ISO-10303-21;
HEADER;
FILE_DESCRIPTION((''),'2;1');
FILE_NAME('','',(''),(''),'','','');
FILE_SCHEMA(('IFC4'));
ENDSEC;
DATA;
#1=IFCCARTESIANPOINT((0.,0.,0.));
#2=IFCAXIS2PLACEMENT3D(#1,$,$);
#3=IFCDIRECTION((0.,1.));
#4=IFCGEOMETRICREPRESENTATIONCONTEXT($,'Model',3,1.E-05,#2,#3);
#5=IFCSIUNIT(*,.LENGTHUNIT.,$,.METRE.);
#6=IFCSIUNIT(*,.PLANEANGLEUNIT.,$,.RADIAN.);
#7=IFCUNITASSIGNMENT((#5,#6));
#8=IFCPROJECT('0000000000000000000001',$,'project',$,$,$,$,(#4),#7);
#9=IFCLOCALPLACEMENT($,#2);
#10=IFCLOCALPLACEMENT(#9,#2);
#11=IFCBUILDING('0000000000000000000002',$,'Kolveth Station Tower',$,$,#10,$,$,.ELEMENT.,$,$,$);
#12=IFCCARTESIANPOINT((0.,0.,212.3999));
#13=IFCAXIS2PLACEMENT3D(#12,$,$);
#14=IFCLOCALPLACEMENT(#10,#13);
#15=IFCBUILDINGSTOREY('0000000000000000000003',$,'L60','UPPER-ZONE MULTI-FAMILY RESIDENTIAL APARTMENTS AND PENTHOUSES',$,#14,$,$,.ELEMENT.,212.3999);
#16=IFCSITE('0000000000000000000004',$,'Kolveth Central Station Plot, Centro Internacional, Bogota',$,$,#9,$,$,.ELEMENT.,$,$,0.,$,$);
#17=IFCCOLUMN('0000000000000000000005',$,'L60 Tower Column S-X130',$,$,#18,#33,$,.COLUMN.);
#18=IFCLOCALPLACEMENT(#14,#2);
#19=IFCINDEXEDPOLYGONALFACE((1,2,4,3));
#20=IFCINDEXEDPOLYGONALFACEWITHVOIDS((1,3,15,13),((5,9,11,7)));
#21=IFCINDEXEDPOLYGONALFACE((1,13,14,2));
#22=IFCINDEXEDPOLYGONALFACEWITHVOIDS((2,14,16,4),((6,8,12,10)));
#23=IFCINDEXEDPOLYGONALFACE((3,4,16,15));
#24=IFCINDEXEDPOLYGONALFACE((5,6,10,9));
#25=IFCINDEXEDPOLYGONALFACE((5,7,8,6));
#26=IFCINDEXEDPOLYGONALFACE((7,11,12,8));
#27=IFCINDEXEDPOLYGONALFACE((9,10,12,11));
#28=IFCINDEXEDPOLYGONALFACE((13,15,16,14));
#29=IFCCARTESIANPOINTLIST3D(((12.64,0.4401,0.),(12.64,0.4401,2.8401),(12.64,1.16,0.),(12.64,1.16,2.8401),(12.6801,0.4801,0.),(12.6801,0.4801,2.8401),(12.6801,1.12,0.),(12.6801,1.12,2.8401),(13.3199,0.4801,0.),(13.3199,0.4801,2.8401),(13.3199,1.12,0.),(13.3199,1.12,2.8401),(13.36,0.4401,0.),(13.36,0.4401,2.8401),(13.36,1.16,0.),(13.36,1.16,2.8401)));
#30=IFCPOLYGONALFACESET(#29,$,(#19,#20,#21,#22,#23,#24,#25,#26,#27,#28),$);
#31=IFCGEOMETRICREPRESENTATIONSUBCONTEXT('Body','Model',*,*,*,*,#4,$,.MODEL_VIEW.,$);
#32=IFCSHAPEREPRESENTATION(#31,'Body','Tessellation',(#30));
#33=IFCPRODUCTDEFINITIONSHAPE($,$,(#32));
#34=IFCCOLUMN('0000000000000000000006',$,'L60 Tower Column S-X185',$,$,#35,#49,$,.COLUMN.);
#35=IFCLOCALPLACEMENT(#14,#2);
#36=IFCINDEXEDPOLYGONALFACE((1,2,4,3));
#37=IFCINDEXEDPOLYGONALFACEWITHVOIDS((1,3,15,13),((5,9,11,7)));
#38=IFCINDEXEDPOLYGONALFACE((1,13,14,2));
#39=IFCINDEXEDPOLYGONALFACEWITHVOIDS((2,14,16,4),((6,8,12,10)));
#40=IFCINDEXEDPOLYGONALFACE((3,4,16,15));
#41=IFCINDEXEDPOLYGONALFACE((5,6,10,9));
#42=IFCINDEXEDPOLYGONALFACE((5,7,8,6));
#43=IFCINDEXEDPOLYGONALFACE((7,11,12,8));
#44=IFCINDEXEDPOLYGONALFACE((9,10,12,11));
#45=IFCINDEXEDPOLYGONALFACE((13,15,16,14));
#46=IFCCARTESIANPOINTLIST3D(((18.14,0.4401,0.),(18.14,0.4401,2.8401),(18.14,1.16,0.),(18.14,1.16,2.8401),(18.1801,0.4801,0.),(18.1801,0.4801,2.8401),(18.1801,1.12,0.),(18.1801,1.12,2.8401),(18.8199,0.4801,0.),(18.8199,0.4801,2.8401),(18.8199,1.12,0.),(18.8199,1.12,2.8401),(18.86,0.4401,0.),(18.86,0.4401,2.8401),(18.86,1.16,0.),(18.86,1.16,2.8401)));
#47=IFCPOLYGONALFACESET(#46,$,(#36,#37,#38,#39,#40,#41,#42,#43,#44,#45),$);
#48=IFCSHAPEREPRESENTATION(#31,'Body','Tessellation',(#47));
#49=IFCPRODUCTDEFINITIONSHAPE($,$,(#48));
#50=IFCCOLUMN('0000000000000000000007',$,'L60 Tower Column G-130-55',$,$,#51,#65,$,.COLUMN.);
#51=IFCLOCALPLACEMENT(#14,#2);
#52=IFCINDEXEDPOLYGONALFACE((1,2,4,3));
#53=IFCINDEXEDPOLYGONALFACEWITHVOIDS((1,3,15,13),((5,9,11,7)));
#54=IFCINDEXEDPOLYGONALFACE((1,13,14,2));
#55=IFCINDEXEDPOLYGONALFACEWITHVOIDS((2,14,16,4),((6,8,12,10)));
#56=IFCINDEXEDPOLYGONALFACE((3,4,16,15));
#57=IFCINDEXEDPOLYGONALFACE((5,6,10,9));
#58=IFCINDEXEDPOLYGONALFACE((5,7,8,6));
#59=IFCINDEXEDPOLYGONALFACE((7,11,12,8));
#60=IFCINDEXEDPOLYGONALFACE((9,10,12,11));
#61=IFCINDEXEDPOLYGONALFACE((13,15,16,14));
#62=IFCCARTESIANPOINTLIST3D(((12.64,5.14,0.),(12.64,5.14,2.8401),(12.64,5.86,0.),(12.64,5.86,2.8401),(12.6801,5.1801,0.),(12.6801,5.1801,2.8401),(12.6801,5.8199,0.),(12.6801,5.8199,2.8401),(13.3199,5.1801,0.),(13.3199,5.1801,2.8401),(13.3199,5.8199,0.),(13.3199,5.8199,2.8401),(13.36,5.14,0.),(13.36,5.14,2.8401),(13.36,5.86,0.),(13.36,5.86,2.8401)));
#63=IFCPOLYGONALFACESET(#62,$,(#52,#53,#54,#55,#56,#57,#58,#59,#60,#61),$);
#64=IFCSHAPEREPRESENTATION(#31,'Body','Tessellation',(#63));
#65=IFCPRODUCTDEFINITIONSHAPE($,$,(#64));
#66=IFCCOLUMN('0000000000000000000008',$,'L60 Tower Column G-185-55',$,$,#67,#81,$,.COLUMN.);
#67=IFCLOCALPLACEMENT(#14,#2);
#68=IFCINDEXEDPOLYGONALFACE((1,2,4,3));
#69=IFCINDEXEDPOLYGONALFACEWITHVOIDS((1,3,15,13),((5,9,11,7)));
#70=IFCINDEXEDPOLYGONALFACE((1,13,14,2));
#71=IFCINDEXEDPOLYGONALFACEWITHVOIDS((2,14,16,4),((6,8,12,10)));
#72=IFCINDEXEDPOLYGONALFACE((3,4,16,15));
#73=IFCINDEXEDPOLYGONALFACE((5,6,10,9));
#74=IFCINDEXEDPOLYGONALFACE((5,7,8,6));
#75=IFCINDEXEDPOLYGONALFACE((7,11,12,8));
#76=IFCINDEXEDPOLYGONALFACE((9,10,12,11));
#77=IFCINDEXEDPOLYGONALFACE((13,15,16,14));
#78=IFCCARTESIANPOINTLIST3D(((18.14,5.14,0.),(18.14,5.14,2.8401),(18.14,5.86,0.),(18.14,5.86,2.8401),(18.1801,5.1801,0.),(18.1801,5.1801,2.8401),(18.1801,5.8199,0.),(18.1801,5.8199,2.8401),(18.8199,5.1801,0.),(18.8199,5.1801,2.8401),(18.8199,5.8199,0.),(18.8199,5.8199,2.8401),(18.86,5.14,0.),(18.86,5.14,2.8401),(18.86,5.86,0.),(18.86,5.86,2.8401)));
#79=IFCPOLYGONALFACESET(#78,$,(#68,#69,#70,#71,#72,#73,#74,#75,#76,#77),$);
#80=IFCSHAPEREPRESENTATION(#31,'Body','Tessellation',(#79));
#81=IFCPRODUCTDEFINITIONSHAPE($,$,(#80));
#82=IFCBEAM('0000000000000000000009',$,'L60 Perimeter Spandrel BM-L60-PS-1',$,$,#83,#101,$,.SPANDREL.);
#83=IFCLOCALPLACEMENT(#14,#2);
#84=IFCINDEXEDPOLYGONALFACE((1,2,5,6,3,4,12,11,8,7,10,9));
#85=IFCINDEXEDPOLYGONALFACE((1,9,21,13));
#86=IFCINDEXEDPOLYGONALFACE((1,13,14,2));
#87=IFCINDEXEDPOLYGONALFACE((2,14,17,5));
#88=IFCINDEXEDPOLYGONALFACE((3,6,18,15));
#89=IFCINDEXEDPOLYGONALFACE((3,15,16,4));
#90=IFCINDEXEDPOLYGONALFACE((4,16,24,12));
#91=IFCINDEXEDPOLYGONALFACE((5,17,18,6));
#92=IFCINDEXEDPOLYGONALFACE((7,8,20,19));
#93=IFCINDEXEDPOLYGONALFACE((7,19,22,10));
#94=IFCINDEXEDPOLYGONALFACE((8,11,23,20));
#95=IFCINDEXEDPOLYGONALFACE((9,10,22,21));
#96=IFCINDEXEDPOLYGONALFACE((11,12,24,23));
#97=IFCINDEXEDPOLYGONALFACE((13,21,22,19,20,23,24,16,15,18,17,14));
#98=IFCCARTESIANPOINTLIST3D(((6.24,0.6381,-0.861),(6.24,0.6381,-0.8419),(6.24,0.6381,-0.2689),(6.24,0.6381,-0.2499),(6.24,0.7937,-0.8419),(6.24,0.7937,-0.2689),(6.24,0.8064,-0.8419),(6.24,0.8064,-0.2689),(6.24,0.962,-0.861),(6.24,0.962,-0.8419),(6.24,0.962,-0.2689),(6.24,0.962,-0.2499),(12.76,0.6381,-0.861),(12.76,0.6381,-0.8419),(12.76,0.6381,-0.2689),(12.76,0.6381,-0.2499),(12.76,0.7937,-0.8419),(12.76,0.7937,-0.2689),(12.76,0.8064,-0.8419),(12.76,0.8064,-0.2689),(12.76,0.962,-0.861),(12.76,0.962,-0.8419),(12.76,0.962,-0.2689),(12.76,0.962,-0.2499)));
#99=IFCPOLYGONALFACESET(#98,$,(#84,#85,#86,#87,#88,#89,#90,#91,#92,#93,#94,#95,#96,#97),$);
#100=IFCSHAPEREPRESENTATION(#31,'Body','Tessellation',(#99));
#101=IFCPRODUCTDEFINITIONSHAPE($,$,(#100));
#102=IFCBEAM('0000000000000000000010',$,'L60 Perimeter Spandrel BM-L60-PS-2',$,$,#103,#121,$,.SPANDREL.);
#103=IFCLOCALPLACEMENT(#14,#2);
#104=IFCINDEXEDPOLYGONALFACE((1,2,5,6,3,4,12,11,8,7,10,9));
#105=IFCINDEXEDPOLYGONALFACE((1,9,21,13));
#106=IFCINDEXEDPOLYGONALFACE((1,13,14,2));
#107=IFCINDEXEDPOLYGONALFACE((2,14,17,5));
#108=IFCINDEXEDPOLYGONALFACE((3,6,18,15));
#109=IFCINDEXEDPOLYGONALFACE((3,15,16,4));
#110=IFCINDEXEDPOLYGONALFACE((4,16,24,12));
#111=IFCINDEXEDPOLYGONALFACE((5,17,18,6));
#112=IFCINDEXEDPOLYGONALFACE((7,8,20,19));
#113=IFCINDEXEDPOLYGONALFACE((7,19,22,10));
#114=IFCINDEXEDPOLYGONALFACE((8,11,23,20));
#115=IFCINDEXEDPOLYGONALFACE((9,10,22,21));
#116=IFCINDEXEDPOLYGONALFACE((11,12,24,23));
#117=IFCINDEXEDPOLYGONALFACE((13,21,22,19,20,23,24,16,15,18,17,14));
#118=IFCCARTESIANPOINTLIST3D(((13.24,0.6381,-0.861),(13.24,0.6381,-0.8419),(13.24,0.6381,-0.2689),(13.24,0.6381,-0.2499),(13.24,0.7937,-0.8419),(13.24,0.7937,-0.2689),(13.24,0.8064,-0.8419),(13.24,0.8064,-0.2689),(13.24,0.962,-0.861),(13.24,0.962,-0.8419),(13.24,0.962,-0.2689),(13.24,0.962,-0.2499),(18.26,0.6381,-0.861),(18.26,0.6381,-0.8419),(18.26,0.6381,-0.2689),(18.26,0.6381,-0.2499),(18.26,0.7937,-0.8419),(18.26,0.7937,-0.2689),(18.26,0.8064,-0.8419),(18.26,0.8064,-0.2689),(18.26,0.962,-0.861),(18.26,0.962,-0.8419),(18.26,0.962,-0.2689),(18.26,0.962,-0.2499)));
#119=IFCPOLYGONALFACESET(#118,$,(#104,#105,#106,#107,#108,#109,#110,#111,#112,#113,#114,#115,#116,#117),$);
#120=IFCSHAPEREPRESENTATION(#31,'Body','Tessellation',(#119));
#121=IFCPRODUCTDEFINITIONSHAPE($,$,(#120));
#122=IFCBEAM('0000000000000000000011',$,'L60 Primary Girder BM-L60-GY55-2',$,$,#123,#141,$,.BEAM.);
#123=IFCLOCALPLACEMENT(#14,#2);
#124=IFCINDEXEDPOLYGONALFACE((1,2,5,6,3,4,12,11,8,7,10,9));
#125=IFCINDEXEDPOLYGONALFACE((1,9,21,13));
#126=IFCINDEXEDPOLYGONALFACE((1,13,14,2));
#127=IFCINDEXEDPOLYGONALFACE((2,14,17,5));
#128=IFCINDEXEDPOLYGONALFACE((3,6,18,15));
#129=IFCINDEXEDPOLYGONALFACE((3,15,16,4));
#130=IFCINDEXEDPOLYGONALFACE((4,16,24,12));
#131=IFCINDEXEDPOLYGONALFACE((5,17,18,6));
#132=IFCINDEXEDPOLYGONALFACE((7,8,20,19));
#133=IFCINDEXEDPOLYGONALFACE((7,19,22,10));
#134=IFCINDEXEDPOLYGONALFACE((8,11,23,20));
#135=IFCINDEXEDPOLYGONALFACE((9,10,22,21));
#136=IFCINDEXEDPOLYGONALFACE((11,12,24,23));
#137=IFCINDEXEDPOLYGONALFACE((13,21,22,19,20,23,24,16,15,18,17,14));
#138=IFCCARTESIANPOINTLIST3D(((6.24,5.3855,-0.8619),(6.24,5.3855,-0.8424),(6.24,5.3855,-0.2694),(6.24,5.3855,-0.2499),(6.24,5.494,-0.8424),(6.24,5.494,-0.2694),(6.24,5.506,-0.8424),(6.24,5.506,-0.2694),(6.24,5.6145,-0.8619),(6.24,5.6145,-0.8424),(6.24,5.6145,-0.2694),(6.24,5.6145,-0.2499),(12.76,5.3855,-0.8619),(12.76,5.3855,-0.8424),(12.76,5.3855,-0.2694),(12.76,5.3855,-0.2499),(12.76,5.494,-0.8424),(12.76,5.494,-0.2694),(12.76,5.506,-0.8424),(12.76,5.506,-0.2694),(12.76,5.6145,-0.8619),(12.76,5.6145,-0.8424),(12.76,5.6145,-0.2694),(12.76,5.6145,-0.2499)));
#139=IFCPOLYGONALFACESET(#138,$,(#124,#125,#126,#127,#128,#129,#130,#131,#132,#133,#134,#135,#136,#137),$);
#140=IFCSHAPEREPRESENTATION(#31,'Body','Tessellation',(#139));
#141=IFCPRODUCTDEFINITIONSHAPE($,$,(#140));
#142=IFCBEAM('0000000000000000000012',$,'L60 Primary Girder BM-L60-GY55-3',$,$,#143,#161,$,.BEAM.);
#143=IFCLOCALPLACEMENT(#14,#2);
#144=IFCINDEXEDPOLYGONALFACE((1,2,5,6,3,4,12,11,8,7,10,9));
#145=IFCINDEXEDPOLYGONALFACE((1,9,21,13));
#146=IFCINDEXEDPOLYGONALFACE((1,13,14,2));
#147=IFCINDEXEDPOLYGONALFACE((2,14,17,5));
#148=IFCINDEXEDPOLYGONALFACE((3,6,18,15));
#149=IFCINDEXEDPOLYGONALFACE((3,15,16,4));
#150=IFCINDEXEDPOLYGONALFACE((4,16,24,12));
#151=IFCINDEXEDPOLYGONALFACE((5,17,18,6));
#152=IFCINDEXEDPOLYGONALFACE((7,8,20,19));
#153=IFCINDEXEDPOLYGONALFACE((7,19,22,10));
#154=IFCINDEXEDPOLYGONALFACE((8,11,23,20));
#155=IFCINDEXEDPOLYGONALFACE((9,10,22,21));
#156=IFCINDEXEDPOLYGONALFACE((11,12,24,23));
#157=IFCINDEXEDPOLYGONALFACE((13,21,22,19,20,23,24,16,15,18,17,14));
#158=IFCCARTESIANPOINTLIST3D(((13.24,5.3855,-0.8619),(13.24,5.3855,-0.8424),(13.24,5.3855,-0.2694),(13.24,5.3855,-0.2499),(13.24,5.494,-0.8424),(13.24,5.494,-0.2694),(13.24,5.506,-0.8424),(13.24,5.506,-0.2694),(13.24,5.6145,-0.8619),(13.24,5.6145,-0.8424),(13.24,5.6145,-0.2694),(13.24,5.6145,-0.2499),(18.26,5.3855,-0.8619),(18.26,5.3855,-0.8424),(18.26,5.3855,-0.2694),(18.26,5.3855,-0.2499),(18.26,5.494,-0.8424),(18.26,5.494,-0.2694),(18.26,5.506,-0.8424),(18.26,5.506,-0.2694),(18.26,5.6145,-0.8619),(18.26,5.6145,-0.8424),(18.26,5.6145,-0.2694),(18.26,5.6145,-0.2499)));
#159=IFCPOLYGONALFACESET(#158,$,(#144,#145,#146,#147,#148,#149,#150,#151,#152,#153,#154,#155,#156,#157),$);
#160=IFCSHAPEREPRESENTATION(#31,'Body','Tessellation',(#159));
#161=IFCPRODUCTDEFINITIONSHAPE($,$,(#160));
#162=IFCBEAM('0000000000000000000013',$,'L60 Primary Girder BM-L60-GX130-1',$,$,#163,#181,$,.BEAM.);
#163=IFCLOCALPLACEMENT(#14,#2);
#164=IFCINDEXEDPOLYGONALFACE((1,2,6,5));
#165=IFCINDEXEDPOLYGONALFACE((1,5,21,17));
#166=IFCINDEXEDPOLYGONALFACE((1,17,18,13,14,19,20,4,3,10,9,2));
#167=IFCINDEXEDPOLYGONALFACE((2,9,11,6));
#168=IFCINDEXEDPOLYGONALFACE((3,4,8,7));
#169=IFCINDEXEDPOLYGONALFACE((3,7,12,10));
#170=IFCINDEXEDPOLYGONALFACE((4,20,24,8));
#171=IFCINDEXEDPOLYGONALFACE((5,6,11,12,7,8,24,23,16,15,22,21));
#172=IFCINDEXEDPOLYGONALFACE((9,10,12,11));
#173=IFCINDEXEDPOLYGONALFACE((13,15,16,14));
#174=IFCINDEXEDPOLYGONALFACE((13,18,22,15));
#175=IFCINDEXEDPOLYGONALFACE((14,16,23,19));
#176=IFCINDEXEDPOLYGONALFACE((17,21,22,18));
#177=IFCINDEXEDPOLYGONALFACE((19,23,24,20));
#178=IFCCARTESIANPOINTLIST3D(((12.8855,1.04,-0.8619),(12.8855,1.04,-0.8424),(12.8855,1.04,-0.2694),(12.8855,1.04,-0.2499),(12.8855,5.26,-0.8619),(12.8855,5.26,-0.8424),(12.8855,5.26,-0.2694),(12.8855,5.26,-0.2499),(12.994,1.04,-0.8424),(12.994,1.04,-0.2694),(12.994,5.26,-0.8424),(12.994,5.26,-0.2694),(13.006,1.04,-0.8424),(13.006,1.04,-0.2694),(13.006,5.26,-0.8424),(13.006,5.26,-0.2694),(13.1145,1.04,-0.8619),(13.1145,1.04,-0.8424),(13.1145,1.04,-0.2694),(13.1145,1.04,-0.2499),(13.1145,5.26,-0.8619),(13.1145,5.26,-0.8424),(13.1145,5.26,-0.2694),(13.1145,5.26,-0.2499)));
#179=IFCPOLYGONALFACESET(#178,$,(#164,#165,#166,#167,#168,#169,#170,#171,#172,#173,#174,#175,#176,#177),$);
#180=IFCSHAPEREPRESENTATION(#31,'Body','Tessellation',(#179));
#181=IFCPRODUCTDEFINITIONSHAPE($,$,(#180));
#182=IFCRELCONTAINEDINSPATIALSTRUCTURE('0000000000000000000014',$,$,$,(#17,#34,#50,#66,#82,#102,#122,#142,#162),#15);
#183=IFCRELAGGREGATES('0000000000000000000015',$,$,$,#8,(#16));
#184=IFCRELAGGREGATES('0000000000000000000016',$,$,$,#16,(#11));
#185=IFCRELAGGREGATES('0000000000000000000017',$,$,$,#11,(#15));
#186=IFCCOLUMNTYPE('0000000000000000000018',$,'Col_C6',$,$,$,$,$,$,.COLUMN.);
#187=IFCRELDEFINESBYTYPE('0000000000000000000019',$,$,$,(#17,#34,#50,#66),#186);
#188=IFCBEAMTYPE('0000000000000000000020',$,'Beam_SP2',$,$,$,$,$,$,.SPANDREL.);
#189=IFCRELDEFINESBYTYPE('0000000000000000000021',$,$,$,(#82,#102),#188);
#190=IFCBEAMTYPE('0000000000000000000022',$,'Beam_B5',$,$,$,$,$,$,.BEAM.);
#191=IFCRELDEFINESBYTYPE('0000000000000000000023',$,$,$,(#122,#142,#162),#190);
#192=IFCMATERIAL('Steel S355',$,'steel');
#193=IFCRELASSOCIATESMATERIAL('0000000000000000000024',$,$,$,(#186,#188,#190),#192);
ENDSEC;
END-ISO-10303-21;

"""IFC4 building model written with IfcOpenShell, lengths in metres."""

from ifc_helpers import new_model, si_unit, direction, frame, origin, origin_2d, place, context, subcontext, project, spatial, hollow_rectangle, i_section, extrude, source, transform, mapped, material, material_profile, profile_set, type_object, element, save


model = new_model("IFC4")

# Units and contexts
model_context = context("Model", 3, precision=1e-05, world=origin(), true_north=direction((0.0, 1.0)))
body_context = subcontext(model_context, "Body", "Model", "MODEL_VIEW")
ifc_project = project(units=[si_unit("LENGTHUNIT", "METRE"), si_unit("PLANEANGLEUNIT", "RADIAN")], contexts=[model_context])

# Site, building, storey
site_placement = place(None, origin())
site = spatial("IfcSite", under=ifc_project, at=site_placement, Name="Kolveth Central Station Plot, Centro Internacional, Bogota", CompositionType="ELEMENT", RefElevation=0.0)
building_placement = place(site_placement, origin())
building = spatial("IfcBuilding", under=site, at=building_placement, Name="Kolveth Station Tower", CompositionType="ELEMENT")
storey_placement = place(building_placement, frame((0.0, 0.0, 212.3999)))
storey = spatial("IfcBuildingStorey", under=building, at=storey_placement, Name="L60", Description="UPPER-ZONE MULTI-FAMILY RESIDENTIAL APARTMENTS AND PENTHOUSES", CompositionType="ELEMENT", Elevation=212.3999)

# Columns
ifc_material_1 = material(Name="Steel S355", Category="steel")
ifc_material_profile_1 = material_profile(ifc_material_1, hollow_rectangle(XDim=0.72, YDim=0.72, WallThickness=0.04, at=origin_2d()), Name="BOX720x720x40")
ifc_profile_set_1 = profile_set([ifc_material_profile_1], Name="Steel S355")
column_type = type_object("IfcColumnType", Name="Col_C6", PredefinedType="COLUMN", material=ifc_profile_set_1)
shared_shape_1 = source(origin(), body_context, "Body", "SweptSolid", [
    extrude(hollow_rectangle(XDim=0.72, YDim=0.72, WallThickness=0.04, at=origin_2d()), origin(), (0.0, 0.0, 1.0), 2.8401),
])
for number, where, z_axis, x_axis, name in (
    (1, (13.0, 0.8, 0.0), (0.0, 0.0, 1.0), (1.0, 0.0, 0.0), "L60 Tower Column S-X130"),
    (2, (18.5, 0.8, 0.0), (0.0, 0.0, 1.0), (1.0, 0.0, 0.0), "L60 Tower Column S-X185"),
    (3, (13.0, 5.5, 0.0), (0.0, 0.0, 1.0), (1.0, 0.0, 0.0), "L60 Tower Column G-130-55"),
    (4, (18.5, 5.5, 0.0), (0.0, 0.0, 1.0), (1.0, 0.0, 0.0), "L60 Tower Column G-185-55"),
):
    element("IfcColumn", number, at=place(storey_placement, frame(where, z_axis=z_axis, x_axis=x_axis)), inside=storey, type_object=column_type, Name=name, PredefinedType="COLUMN", context=body_context, shape_type="MappedRepresentation", body=[
        mapped(shared_shape_1, transform((0.0, 0.0, 0.0), x_axis=(1.0, 0.0, 0.0), y_axis=(0.0, 1.0, 0.0), z_axis=(0.0, 0.0, 1.0), scale=1.0)),
    ])

# Beams
ifc_material_profile_2 = material_profile(ifc_material_1, i_section(OverallWidth=0.324, OverallDepth=0.6111, WebThickness=0.0127, FlangeThickness=0.019, at=origin_2d()), Name="W610x155")
ifc_profile_set_2 = profile_set([ifc_material_profile_2], Name="Steel S355")
beam_type_1 = type_object("IfcBeamType", Name="Beam_SP2", PredefinedType="SPANDREL", material=ifc_profile_set_2)
shared_shape_2 = source(origin(), body_context, "Body", "SweptSolid", [
    extrude(i_section(OverallWidth=0.324, OverallDepth=0.6111, WebThickness=0.0127, FlangeThickness=0.019, at=origin_2d()), origin(), (0.0, 0.0, 1.0), 6.52),
])
beam_1_placement = place(storey_placement, frame((6.24, 0.8, -0.5554), z_axis=(1.0, 0.0, 0.0), x_axis=(0.0, 1.0, 0.0)))
element("IfcBeam", 5, at=beam_1_placement, inside=storey, type_object=beam_type_1, Name="L60 Perimeter Spandrel BM-L60-PS-1", PredefinedType="SPANDREL", context=body_context, shape_type="MappedRepresentation", body=[
    mapped(shared_shape_2, transform((0.0, 0.0, 0.0), x_axis=(1.0, 0.0, 0.0), y_axis=(0.0, 1.0, 0.0), z_axis=(0.0, 0.0, 1.0), scale=1.0)),
])
shared_shape_3 = source(origin(), body_context, "Body", "SweptSolid", [
    extrude(i_section(OverallWidth=0.324, OverallDepth=0.6111, WebThickness=0.0127, FlangeThickness=0.019, at=origin_2d()), origin(), (0.0, 0.0, 1.0), 5.02),
])
beam_2_placement = place(storey_placement, frame((13.24, 0.8, -0.5554), z_axis=(1.0, 0.0, 0.0), x_axis=(0.0, 1.0, 0.0)))
element("IfcBeam", 6, at=beam_2_placement, inside=storey, type_object=beam_type_1, Name="L60 Perimeter Spandrel BM-L60-PS-2", PredefinedType="SPANDREL", context=body_context, shape_type="MappedRepresentation", body=[
    mapped(shared_shape_3, transform((0.0, 0.0, 0.0), x_axis=(1.0, 0.0, 0.0), y_axis=(0.0, 1.0, 0.0), z_axis=(0.0, 0.0, 1.0), scale=1.0)),
])
ifc_material_profile_3 = material_profile(ifc_material_1, i_section(OverallWidth=0.229, OverallDepth=0.6121, WebThickness=0.012, FlangeThickness=0.0195, at=origin_2d()), Name="W610x125")
ifc_profile_set_3 = profile_set([ifc_material_profile_3], Name="Steel S355")
beam_type_2 = type_object("IfcBeamType", Name="Beam_B5", PredefinedType="BEAM", material=ifc_profile_set_3)
shared_shape_4 = source(origin(), body_context, "Body", "SweptSolid", [
    extrude(i_section(OverallWidth=0.229, OverallDepth=0.6121, WebThickness=0.012, FlangeThickness=0.0195, at=origin_2d()), origin(), (0.0, 0.0, 1.0), 6.52),
])
beam_3_placement = place(storey_placement, frame((6.24, 5.5, -0.5559), z_axis=(1.0, 0.0, 0.0), x_axis=(0.0, 1.0, 0.0)))
element("IfcBeam", 7, at=beam_3_placement, inside=storey, type_object=beam_type_2, Name="L60 Primary Girder BM-L60-GY55-2", PredefinedType="BEAM", context=body_context, shape_type="MappedRepresentation", body=[
    mapped(shared_shape_4, transform((0.0, 0.0, 0.0), x_axis=(1.0, 0.0, 0.0), y_axis=(0.0, 1.0, 0.0), z_axis=(0.0, 0.0, 1.0), scale=1.0)),
])
shared_shape_5 = source(origin(), body_context, "Body", "SweptSolid", [
    extrude(i_section(OverallWidth=0.229, OverallDepth=0.6121, WebThickness=0.012, FlangeThickness=0.0195, at=origin_2d()), origin(), (0.0, 0.0, 1.0), 5.02),
])
beam_4_placement = place(storey_placement, frame((13.24, 5.5, -0.5559), z_axis=(1.0, 0.0, 0.0), x_axis=(0.0, 1.0, 0.0)))
element("IfcBeam", 8, at=beam_4_placement, inside=storey, type_object=beam_type_2, Name="L60 Primary Girder BM-L60-GY55-3", PredefinedType="BEAM", context=body_context, shape_type="MappedRepresentation", body=[
    mapped(shared_shape_5, transform((0.0, 0.0, 0.0), x_axis=(1.0, 0.0, 0.0), y_axis=(0.0, 1.0, 0.0), z_axis=(0.0, 0.0, 1.0), scale=1.0)),
])
shared_shape_6 = source(origin(), body_context, "Body", "SweptSolid", [
    extrude(i_section(OverallWidth=0.229, OverallDepth=0.6121, WebThickness=0.012, FlangeThickness=0.0195, at=origin_2d()), origin(), (0.0, 0.0, 1.0), 4.22),
])
for number, where, z_axis, x_axis, name in (
    (9, (13.0, 1.04, -0.5559), (0.0, 1.0, 0.0), (-1.0, 0.0, 0.0), "L60 Primary Girder BM-L60-GX130-1"),
):
    element("IfcBeam", number, at=place(storey_placement, frame(where, z_axis=z_axis, x_axis=x_axis)), inside=storey, type_object=beam_type_2, Name=name, PredefinedType="BEAM", context=body_context, shape_type="MappedRepresentation", body=[
        mapped(shared_shape_6, transform((0.0, 0.0, 0.0), x_axis=(1.0, 0.0, 0.0), y_axis=(0.0, 1.0, 0.0), z_axis=(0.0, 0.0, 1.0), scale=1.0)),
    ])

save(model, "model.ifc")
